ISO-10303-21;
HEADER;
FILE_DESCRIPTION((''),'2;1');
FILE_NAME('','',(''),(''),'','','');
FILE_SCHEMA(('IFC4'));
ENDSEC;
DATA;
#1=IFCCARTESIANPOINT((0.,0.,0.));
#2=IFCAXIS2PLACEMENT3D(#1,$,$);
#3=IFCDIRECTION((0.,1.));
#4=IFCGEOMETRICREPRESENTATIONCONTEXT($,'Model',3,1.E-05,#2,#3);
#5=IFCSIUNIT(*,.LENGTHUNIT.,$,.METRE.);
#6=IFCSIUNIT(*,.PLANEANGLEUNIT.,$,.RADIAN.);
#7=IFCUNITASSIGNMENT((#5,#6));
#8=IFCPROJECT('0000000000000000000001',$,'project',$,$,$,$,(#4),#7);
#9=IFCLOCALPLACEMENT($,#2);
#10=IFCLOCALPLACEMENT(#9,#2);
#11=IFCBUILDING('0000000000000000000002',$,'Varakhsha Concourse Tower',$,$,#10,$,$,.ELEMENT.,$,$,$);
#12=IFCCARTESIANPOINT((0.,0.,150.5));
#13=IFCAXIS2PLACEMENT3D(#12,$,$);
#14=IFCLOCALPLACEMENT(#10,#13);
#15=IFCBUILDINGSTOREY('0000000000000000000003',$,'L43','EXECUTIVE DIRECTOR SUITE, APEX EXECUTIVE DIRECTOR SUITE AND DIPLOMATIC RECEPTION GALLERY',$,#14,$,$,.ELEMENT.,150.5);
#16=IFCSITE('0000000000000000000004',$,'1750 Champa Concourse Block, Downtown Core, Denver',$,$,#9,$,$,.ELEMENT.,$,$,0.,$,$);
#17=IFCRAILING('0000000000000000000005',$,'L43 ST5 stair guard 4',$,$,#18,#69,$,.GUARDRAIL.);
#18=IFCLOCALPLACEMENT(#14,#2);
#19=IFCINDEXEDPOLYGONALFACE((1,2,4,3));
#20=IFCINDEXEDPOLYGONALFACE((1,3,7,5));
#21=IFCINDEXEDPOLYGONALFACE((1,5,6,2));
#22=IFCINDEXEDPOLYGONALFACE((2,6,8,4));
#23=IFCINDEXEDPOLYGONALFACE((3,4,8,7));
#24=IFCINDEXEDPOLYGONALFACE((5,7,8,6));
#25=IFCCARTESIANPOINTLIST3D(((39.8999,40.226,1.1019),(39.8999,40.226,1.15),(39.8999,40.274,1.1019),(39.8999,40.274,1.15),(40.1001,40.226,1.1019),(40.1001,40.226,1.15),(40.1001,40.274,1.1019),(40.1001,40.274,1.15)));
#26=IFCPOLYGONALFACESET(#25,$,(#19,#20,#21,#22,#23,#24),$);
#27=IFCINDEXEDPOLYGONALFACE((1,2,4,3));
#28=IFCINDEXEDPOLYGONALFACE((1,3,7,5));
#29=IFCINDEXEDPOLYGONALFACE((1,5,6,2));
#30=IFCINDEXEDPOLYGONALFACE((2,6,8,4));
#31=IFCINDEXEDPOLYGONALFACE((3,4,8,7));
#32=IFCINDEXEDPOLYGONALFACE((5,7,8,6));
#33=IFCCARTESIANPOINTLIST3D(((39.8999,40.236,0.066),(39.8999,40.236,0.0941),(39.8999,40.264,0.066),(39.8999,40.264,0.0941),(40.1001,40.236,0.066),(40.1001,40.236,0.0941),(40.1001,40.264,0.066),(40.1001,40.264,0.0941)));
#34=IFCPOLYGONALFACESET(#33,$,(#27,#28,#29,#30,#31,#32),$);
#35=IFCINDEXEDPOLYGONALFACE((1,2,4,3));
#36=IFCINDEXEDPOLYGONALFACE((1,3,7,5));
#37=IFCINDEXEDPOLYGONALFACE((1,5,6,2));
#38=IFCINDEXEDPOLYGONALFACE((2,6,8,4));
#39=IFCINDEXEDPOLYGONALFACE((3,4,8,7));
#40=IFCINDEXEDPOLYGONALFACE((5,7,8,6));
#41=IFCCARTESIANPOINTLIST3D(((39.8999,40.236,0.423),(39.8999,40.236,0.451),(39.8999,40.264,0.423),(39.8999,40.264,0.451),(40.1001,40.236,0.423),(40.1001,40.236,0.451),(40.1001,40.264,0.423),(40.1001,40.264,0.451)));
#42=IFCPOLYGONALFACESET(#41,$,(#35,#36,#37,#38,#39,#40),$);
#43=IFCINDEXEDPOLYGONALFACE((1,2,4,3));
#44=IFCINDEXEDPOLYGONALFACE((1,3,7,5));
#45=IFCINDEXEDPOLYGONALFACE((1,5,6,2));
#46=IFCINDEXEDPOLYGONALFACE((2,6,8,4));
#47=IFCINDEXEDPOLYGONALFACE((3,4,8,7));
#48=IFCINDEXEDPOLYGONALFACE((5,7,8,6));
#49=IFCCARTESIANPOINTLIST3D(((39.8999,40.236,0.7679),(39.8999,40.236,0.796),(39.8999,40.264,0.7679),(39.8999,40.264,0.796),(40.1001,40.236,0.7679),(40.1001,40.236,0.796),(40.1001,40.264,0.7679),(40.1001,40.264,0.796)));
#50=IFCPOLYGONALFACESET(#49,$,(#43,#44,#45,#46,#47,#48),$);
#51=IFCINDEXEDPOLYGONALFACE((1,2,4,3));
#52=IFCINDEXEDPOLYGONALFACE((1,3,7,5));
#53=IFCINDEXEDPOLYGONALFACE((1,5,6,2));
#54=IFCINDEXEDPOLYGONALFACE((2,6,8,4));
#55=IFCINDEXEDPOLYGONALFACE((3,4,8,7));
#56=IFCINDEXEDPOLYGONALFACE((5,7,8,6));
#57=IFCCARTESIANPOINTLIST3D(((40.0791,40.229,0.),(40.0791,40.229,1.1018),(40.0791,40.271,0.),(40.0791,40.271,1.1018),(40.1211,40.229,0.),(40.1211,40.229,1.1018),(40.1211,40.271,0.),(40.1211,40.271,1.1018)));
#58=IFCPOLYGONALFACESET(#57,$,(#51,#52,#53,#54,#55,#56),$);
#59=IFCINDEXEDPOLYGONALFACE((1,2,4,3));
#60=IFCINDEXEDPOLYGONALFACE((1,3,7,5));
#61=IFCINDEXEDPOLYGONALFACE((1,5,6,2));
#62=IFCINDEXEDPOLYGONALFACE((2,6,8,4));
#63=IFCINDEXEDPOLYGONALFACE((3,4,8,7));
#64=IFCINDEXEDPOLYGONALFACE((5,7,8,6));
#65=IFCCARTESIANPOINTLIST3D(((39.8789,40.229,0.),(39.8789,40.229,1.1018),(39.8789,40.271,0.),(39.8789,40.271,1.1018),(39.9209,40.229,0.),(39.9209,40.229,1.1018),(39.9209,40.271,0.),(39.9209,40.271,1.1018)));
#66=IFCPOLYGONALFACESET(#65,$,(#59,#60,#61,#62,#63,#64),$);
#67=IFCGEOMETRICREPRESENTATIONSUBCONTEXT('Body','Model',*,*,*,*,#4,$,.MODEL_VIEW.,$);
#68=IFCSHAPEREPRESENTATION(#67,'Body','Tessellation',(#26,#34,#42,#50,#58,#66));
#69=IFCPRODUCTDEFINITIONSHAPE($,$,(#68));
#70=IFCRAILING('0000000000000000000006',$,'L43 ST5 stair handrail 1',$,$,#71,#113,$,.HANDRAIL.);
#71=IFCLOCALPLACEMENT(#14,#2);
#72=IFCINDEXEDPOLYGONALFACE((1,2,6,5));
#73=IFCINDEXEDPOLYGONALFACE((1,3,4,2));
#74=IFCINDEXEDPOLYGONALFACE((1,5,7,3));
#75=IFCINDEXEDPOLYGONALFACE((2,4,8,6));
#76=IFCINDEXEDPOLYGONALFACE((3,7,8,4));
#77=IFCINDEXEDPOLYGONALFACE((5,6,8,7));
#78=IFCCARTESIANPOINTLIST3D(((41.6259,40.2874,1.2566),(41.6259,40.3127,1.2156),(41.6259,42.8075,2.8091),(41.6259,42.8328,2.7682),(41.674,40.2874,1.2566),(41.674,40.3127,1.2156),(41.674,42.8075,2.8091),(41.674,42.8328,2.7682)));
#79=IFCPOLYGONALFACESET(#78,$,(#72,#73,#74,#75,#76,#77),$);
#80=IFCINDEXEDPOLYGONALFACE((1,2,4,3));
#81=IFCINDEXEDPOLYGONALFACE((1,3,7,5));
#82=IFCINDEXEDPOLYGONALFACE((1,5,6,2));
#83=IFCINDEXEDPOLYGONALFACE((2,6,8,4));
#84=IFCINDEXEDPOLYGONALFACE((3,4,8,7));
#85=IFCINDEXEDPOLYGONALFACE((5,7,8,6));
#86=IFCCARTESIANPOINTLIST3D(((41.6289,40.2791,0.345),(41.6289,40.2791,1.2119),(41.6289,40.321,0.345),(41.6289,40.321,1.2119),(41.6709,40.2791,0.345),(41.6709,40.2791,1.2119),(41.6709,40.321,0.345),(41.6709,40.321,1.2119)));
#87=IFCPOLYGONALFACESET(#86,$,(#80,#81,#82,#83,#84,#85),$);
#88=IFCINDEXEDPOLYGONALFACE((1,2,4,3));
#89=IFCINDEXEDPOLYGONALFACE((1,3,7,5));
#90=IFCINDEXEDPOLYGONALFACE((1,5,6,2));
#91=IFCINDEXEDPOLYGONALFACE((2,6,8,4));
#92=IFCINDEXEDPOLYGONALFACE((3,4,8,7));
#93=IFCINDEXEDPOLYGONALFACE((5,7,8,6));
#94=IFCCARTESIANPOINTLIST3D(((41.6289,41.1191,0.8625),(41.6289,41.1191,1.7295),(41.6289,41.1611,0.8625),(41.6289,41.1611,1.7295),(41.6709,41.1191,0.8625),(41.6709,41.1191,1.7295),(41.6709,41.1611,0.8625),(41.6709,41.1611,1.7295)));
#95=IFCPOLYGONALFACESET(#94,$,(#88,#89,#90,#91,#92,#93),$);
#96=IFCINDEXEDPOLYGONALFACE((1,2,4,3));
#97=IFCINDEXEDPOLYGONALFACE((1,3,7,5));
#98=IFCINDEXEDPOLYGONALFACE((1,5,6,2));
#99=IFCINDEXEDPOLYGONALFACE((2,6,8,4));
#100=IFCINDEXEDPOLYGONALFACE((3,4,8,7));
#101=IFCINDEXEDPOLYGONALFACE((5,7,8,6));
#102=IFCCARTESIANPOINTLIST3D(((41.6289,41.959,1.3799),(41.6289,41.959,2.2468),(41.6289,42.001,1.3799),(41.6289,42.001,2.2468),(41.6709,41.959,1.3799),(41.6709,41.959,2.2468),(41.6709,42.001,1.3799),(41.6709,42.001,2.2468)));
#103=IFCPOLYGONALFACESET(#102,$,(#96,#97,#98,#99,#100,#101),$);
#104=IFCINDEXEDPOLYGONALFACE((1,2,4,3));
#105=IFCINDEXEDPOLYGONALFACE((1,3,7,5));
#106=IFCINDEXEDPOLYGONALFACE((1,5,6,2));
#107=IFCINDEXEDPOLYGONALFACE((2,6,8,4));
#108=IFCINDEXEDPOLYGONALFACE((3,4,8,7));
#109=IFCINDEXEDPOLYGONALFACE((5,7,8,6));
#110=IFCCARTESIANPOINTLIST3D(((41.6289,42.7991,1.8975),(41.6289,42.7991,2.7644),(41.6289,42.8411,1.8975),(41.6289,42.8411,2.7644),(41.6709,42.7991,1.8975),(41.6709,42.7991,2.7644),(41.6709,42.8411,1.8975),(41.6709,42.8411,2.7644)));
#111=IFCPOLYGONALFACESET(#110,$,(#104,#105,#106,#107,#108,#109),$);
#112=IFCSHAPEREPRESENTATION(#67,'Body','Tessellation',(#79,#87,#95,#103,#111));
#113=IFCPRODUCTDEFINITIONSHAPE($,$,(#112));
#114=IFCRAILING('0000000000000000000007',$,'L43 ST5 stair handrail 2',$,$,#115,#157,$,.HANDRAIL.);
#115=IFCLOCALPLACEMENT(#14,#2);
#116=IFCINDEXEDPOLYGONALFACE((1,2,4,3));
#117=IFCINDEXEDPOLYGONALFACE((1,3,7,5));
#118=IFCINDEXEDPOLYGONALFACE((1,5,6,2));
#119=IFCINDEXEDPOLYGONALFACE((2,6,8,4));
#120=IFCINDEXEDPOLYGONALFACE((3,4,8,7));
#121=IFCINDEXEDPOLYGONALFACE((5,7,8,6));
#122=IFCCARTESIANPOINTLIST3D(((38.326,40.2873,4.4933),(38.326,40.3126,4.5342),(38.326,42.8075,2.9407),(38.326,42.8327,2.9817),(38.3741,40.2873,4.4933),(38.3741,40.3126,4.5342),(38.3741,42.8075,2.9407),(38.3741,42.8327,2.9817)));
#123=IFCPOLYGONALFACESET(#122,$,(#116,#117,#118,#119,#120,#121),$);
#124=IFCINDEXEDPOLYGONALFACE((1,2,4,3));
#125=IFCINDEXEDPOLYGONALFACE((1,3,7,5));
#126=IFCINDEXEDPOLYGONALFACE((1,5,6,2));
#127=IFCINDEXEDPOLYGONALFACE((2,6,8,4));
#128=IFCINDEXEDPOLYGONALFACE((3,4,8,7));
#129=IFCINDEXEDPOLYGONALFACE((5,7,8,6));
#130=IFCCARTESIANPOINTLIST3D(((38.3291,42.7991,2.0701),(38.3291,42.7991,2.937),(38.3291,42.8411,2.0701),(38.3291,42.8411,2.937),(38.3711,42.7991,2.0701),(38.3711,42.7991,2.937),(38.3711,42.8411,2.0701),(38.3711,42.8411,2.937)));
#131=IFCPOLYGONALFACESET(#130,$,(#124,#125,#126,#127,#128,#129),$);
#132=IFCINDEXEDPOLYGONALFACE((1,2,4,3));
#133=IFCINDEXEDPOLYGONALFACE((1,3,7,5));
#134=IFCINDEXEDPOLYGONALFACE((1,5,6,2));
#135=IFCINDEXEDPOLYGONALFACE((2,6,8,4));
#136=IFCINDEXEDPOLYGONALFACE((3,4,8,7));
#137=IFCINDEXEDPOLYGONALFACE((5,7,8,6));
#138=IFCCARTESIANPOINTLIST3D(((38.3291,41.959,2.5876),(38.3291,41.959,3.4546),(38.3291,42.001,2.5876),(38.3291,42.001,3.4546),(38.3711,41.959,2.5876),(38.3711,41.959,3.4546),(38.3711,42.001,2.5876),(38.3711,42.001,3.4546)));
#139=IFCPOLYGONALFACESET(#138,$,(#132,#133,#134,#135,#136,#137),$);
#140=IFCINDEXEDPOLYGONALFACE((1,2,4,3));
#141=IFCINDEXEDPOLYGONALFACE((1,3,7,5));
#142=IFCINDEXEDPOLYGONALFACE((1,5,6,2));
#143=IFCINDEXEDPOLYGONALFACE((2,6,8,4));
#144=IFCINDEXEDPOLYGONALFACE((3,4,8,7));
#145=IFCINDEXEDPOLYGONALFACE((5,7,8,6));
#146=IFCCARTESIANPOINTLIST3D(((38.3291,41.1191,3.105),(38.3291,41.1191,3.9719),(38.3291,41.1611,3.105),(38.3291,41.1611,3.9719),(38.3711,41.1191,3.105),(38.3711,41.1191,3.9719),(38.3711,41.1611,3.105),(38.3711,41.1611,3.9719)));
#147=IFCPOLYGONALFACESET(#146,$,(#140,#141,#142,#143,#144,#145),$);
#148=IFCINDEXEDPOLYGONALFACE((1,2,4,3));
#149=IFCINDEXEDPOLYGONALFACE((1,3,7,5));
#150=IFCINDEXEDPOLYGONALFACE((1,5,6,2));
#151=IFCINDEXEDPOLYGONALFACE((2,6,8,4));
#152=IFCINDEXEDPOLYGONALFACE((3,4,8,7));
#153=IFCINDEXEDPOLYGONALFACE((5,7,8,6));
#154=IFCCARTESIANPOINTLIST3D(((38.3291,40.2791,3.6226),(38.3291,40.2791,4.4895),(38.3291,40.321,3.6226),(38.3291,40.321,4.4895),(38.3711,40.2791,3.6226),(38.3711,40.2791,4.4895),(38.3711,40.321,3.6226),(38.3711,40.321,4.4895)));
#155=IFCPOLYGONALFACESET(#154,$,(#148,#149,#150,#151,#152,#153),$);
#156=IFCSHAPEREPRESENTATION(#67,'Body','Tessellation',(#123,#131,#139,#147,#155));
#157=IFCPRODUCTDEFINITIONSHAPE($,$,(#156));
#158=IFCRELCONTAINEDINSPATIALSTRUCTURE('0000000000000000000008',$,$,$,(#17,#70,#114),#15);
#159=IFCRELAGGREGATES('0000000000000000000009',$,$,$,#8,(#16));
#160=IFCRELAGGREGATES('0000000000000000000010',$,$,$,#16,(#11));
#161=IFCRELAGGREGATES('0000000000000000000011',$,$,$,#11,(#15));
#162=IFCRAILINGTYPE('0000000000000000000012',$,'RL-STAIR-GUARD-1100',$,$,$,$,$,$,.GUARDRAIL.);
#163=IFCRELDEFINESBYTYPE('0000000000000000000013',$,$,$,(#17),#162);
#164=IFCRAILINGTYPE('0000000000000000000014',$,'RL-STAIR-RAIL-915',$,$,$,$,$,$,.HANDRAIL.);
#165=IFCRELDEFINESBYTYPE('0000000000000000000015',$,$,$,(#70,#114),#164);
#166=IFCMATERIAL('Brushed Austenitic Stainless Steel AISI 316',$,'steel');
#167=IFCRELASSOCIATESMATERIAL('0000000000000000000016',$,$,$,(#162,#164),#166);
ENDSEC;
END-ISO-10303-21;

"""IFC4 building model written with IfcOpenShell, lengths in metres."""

from ifc_helpers import new_model, si_unit, direction, frame, origin, origin_2d, place, context, subcontext, project, spatial, rectangle, extrude, material, type_object, element, save


model = new_model("IFC4")

# Units and contexts
model_context = context("Model", 3, precision=1e-05, world=origin(), true_north=direction((0.0, 1.0)))
body_context = subcontext(model_context, "Body", "Model", "MODEL_VIEW")
ifc_project = project(units=[si_unit("LENGTHUNIT", "METRE"), si_unit("PLANEANGLEUNIT", "RADIAN")], contexts=[model_context])

# Site, building, storey
site_placement = place(None, origin())
site = spatial("IfcSite", under=ifc_project, at=site_placement, Name="1750 Champa Concourse Block, Downtown Core, Denver", CompositionType="ELEMENT", RefElevation=0.0)
building_placement = place(site_placement, origin())
building = spatial("IfcBuilding", under=site, at=building_placement, Name="Varakhsha Concourse Tower", CompositionType="ELEMENT")
storey_placement = place(building_placement, frame((0.0, 0.0, 150.5)))
storey = spatial("IfcBuildingStorey", under=building, at=storey_placement, Name="L43", Description="EXECUTIVE DIRECTOR SUITE, APEX EXECUTIVE DIRECTOR SUITE AND DIPLOMATIC RECEPTION GALLERY", CompositionType="ELEMENT", Elevation=150.5)

# Railings
ifc_material_1 = material(Name="Brushed Austenitic Stainless Steel AISI 316", Category="steel")
railing_type_1 = type_object("IfcRailingType", Name="RL-STAIR-GUARD-1100", PredefinedType="GUARDRAIL", material=ifc_material_1)
railing_1_placement = place(storey_placement, frame((40.1001, 40.25, 0.0)))
element("IfcRailing", 1, at=railing_1_placement, inside=storey, type_object=railing_type_1, Name="L43 ST5 stair guard 4", PredefinedType="GUARDRAIL", context=body_context, shape_type="SweptSolid", body=[
    extrude(rectangle(XDim=0.0481, YDim=0.0481, at=origin_2d()), frame((0.0, 0.0, 1.126), z_axis=(-1.0, 0.0, 0.0), x_axis=(0.0, -1.0, 0.0)), (0.0, 0.0, 1.0), 0.2002),
    extrude(rectangle(XDim=0.0281, YDim=0.0281, at=origin_2d()), frame((0.0, 0.0, 0.0801), z_axis=(-1.0, 0.0, 0.0), x_axis=(0.0, -1.0, 0.0)), (0.0, 0.0, 1.0), 0.2002),
    extrude(rectangle(XDim=0.0281, YDim=0.0281, at=origin_2d()), frame((0.0, 0.0, 0.437), z_axis=(-1.0, 0.0, 0.0), x_axis=(0.0, -1.0, 0.0)), (0.0, 0.0, 1.0), 0.2002),
    extrude(rectangle(XDim=0.0281, YDim=0.0281, at=origin_2d()), frame((0.0, 0.0, 0.782), z_axis=(-1.0, 0.0, 0.0), x_axis=(0.0, -1.0, 0.0)), (0.0, 0.0, 1.0), 0.2002),
    extrude(rectangle(XDim=0.042, YDim=0.042, at=origin_2d()), origin(), (0.0, 0.0, 1.0), 1.1018),
    extrude(rectangle(XDim=0.042, YDim=0.042, at=origin_2d()), frame((-0.2002, 0.0, 0.0)), (0.0, 0.0, 1.0), 1.1018),
])
railing_type_2 = type_object("IfcRailingType", Name="RL-STAIR-RAIL-915", PredefinedType="HANDRAIL", material=ifc_material_1)
railing_2_placement = place(storey_placement, frame((41.6499, 40.3, 0.345)))
element("IfcRailing", 2, at=railing_2_placement, inside=storey, type_object=railing_type_2, Name="L43 ST5 stair handrail 1", PredefinedType="HANDRAIL", context=body_context, shape_type="SweptSolid", body=[
    extrude(rectangle(XDim=0.0481, YDim=0.0481, at=origin_2d()), frame((0.0, 0.0, 0.8911), z_axis=(0.0, 0.8514, 0.524516), x_axis=(-1.0, 0.0, 0.0)), (0.0, 0.0, 1.0), 2.96),
    extrude(rectangle(XDim=0.042, YDim=0.042, at=origin_2d()), origin(), (0.0, 0.0, 1.0), 0.8669),
    extrude(rectangle(XDim=0.042, YDim=0.042, at=origin_2d()), frame((0.0, 0.8401, 0.5176)), (0.0, 0.0, 1.0), 0.8669),
    extrude(rectangle(XDim=0.042, YDim=0.042, at=origin_2d()), frame((0.0, 1.6799, 1.0349)), (0.0, 0.0, 1.0), 0.8669),
    extrude(rectangle(XDim=0.042, YDim=0.042, at=origin_2d()), frame((0.0, 2.52, 1.5525)), (0.0, 0.0, 1.0), 0.8669),
])
railing_3_placement = place(storey_placement, frame((38.3501, 42.8201, 2.0701)))
element("IfcRailing", 3, at=railing_3_placement, inside=storey, type_object=railing_type_2, Name="L43 ST5 stair handrail 2", PredefinedType="HANDRAIL", context=body_context, shape_type="SweptSolid", body=[
    extrude(rectangle(XDim=0.0481, YDim=0.0481, at=origin_2d()), frame((0.0, 0.0, 0.8911), z_axis=(0.0, -0.8514, 0.524516), x_axis=(1.0, 0.0, 0.0)), (0.0, 0.0, 1.0), 2.96),
    extrude(rectangle(XDim=0.042, YDim=0.042, at=origin_2d()), origin(), (0.0, 0.0, 1.0), 0.8669),
    extrude(rectangle(XDim=0.042, YDim=0.042, at=origin_2d()), frame((0.0, -0.8401, 0.5176)), (0.0, 0.0, 1.0), 0.8669),
    extrude(rectangle(XDim=0.042, YDim=0.042, at=origin_2d()), frame((0.0, -1.6799, 1.0349)), (0.0, 0.0, 1.0), 0.8669),
    extrude(rectangle(XDim=0.042, YDim=0.042, at=origin_2d()), frame((0.0, -2.52, 1.5525)), (0.0, 0.0, 1.0), 0.8669),
])

save(model, "model.ifc")
